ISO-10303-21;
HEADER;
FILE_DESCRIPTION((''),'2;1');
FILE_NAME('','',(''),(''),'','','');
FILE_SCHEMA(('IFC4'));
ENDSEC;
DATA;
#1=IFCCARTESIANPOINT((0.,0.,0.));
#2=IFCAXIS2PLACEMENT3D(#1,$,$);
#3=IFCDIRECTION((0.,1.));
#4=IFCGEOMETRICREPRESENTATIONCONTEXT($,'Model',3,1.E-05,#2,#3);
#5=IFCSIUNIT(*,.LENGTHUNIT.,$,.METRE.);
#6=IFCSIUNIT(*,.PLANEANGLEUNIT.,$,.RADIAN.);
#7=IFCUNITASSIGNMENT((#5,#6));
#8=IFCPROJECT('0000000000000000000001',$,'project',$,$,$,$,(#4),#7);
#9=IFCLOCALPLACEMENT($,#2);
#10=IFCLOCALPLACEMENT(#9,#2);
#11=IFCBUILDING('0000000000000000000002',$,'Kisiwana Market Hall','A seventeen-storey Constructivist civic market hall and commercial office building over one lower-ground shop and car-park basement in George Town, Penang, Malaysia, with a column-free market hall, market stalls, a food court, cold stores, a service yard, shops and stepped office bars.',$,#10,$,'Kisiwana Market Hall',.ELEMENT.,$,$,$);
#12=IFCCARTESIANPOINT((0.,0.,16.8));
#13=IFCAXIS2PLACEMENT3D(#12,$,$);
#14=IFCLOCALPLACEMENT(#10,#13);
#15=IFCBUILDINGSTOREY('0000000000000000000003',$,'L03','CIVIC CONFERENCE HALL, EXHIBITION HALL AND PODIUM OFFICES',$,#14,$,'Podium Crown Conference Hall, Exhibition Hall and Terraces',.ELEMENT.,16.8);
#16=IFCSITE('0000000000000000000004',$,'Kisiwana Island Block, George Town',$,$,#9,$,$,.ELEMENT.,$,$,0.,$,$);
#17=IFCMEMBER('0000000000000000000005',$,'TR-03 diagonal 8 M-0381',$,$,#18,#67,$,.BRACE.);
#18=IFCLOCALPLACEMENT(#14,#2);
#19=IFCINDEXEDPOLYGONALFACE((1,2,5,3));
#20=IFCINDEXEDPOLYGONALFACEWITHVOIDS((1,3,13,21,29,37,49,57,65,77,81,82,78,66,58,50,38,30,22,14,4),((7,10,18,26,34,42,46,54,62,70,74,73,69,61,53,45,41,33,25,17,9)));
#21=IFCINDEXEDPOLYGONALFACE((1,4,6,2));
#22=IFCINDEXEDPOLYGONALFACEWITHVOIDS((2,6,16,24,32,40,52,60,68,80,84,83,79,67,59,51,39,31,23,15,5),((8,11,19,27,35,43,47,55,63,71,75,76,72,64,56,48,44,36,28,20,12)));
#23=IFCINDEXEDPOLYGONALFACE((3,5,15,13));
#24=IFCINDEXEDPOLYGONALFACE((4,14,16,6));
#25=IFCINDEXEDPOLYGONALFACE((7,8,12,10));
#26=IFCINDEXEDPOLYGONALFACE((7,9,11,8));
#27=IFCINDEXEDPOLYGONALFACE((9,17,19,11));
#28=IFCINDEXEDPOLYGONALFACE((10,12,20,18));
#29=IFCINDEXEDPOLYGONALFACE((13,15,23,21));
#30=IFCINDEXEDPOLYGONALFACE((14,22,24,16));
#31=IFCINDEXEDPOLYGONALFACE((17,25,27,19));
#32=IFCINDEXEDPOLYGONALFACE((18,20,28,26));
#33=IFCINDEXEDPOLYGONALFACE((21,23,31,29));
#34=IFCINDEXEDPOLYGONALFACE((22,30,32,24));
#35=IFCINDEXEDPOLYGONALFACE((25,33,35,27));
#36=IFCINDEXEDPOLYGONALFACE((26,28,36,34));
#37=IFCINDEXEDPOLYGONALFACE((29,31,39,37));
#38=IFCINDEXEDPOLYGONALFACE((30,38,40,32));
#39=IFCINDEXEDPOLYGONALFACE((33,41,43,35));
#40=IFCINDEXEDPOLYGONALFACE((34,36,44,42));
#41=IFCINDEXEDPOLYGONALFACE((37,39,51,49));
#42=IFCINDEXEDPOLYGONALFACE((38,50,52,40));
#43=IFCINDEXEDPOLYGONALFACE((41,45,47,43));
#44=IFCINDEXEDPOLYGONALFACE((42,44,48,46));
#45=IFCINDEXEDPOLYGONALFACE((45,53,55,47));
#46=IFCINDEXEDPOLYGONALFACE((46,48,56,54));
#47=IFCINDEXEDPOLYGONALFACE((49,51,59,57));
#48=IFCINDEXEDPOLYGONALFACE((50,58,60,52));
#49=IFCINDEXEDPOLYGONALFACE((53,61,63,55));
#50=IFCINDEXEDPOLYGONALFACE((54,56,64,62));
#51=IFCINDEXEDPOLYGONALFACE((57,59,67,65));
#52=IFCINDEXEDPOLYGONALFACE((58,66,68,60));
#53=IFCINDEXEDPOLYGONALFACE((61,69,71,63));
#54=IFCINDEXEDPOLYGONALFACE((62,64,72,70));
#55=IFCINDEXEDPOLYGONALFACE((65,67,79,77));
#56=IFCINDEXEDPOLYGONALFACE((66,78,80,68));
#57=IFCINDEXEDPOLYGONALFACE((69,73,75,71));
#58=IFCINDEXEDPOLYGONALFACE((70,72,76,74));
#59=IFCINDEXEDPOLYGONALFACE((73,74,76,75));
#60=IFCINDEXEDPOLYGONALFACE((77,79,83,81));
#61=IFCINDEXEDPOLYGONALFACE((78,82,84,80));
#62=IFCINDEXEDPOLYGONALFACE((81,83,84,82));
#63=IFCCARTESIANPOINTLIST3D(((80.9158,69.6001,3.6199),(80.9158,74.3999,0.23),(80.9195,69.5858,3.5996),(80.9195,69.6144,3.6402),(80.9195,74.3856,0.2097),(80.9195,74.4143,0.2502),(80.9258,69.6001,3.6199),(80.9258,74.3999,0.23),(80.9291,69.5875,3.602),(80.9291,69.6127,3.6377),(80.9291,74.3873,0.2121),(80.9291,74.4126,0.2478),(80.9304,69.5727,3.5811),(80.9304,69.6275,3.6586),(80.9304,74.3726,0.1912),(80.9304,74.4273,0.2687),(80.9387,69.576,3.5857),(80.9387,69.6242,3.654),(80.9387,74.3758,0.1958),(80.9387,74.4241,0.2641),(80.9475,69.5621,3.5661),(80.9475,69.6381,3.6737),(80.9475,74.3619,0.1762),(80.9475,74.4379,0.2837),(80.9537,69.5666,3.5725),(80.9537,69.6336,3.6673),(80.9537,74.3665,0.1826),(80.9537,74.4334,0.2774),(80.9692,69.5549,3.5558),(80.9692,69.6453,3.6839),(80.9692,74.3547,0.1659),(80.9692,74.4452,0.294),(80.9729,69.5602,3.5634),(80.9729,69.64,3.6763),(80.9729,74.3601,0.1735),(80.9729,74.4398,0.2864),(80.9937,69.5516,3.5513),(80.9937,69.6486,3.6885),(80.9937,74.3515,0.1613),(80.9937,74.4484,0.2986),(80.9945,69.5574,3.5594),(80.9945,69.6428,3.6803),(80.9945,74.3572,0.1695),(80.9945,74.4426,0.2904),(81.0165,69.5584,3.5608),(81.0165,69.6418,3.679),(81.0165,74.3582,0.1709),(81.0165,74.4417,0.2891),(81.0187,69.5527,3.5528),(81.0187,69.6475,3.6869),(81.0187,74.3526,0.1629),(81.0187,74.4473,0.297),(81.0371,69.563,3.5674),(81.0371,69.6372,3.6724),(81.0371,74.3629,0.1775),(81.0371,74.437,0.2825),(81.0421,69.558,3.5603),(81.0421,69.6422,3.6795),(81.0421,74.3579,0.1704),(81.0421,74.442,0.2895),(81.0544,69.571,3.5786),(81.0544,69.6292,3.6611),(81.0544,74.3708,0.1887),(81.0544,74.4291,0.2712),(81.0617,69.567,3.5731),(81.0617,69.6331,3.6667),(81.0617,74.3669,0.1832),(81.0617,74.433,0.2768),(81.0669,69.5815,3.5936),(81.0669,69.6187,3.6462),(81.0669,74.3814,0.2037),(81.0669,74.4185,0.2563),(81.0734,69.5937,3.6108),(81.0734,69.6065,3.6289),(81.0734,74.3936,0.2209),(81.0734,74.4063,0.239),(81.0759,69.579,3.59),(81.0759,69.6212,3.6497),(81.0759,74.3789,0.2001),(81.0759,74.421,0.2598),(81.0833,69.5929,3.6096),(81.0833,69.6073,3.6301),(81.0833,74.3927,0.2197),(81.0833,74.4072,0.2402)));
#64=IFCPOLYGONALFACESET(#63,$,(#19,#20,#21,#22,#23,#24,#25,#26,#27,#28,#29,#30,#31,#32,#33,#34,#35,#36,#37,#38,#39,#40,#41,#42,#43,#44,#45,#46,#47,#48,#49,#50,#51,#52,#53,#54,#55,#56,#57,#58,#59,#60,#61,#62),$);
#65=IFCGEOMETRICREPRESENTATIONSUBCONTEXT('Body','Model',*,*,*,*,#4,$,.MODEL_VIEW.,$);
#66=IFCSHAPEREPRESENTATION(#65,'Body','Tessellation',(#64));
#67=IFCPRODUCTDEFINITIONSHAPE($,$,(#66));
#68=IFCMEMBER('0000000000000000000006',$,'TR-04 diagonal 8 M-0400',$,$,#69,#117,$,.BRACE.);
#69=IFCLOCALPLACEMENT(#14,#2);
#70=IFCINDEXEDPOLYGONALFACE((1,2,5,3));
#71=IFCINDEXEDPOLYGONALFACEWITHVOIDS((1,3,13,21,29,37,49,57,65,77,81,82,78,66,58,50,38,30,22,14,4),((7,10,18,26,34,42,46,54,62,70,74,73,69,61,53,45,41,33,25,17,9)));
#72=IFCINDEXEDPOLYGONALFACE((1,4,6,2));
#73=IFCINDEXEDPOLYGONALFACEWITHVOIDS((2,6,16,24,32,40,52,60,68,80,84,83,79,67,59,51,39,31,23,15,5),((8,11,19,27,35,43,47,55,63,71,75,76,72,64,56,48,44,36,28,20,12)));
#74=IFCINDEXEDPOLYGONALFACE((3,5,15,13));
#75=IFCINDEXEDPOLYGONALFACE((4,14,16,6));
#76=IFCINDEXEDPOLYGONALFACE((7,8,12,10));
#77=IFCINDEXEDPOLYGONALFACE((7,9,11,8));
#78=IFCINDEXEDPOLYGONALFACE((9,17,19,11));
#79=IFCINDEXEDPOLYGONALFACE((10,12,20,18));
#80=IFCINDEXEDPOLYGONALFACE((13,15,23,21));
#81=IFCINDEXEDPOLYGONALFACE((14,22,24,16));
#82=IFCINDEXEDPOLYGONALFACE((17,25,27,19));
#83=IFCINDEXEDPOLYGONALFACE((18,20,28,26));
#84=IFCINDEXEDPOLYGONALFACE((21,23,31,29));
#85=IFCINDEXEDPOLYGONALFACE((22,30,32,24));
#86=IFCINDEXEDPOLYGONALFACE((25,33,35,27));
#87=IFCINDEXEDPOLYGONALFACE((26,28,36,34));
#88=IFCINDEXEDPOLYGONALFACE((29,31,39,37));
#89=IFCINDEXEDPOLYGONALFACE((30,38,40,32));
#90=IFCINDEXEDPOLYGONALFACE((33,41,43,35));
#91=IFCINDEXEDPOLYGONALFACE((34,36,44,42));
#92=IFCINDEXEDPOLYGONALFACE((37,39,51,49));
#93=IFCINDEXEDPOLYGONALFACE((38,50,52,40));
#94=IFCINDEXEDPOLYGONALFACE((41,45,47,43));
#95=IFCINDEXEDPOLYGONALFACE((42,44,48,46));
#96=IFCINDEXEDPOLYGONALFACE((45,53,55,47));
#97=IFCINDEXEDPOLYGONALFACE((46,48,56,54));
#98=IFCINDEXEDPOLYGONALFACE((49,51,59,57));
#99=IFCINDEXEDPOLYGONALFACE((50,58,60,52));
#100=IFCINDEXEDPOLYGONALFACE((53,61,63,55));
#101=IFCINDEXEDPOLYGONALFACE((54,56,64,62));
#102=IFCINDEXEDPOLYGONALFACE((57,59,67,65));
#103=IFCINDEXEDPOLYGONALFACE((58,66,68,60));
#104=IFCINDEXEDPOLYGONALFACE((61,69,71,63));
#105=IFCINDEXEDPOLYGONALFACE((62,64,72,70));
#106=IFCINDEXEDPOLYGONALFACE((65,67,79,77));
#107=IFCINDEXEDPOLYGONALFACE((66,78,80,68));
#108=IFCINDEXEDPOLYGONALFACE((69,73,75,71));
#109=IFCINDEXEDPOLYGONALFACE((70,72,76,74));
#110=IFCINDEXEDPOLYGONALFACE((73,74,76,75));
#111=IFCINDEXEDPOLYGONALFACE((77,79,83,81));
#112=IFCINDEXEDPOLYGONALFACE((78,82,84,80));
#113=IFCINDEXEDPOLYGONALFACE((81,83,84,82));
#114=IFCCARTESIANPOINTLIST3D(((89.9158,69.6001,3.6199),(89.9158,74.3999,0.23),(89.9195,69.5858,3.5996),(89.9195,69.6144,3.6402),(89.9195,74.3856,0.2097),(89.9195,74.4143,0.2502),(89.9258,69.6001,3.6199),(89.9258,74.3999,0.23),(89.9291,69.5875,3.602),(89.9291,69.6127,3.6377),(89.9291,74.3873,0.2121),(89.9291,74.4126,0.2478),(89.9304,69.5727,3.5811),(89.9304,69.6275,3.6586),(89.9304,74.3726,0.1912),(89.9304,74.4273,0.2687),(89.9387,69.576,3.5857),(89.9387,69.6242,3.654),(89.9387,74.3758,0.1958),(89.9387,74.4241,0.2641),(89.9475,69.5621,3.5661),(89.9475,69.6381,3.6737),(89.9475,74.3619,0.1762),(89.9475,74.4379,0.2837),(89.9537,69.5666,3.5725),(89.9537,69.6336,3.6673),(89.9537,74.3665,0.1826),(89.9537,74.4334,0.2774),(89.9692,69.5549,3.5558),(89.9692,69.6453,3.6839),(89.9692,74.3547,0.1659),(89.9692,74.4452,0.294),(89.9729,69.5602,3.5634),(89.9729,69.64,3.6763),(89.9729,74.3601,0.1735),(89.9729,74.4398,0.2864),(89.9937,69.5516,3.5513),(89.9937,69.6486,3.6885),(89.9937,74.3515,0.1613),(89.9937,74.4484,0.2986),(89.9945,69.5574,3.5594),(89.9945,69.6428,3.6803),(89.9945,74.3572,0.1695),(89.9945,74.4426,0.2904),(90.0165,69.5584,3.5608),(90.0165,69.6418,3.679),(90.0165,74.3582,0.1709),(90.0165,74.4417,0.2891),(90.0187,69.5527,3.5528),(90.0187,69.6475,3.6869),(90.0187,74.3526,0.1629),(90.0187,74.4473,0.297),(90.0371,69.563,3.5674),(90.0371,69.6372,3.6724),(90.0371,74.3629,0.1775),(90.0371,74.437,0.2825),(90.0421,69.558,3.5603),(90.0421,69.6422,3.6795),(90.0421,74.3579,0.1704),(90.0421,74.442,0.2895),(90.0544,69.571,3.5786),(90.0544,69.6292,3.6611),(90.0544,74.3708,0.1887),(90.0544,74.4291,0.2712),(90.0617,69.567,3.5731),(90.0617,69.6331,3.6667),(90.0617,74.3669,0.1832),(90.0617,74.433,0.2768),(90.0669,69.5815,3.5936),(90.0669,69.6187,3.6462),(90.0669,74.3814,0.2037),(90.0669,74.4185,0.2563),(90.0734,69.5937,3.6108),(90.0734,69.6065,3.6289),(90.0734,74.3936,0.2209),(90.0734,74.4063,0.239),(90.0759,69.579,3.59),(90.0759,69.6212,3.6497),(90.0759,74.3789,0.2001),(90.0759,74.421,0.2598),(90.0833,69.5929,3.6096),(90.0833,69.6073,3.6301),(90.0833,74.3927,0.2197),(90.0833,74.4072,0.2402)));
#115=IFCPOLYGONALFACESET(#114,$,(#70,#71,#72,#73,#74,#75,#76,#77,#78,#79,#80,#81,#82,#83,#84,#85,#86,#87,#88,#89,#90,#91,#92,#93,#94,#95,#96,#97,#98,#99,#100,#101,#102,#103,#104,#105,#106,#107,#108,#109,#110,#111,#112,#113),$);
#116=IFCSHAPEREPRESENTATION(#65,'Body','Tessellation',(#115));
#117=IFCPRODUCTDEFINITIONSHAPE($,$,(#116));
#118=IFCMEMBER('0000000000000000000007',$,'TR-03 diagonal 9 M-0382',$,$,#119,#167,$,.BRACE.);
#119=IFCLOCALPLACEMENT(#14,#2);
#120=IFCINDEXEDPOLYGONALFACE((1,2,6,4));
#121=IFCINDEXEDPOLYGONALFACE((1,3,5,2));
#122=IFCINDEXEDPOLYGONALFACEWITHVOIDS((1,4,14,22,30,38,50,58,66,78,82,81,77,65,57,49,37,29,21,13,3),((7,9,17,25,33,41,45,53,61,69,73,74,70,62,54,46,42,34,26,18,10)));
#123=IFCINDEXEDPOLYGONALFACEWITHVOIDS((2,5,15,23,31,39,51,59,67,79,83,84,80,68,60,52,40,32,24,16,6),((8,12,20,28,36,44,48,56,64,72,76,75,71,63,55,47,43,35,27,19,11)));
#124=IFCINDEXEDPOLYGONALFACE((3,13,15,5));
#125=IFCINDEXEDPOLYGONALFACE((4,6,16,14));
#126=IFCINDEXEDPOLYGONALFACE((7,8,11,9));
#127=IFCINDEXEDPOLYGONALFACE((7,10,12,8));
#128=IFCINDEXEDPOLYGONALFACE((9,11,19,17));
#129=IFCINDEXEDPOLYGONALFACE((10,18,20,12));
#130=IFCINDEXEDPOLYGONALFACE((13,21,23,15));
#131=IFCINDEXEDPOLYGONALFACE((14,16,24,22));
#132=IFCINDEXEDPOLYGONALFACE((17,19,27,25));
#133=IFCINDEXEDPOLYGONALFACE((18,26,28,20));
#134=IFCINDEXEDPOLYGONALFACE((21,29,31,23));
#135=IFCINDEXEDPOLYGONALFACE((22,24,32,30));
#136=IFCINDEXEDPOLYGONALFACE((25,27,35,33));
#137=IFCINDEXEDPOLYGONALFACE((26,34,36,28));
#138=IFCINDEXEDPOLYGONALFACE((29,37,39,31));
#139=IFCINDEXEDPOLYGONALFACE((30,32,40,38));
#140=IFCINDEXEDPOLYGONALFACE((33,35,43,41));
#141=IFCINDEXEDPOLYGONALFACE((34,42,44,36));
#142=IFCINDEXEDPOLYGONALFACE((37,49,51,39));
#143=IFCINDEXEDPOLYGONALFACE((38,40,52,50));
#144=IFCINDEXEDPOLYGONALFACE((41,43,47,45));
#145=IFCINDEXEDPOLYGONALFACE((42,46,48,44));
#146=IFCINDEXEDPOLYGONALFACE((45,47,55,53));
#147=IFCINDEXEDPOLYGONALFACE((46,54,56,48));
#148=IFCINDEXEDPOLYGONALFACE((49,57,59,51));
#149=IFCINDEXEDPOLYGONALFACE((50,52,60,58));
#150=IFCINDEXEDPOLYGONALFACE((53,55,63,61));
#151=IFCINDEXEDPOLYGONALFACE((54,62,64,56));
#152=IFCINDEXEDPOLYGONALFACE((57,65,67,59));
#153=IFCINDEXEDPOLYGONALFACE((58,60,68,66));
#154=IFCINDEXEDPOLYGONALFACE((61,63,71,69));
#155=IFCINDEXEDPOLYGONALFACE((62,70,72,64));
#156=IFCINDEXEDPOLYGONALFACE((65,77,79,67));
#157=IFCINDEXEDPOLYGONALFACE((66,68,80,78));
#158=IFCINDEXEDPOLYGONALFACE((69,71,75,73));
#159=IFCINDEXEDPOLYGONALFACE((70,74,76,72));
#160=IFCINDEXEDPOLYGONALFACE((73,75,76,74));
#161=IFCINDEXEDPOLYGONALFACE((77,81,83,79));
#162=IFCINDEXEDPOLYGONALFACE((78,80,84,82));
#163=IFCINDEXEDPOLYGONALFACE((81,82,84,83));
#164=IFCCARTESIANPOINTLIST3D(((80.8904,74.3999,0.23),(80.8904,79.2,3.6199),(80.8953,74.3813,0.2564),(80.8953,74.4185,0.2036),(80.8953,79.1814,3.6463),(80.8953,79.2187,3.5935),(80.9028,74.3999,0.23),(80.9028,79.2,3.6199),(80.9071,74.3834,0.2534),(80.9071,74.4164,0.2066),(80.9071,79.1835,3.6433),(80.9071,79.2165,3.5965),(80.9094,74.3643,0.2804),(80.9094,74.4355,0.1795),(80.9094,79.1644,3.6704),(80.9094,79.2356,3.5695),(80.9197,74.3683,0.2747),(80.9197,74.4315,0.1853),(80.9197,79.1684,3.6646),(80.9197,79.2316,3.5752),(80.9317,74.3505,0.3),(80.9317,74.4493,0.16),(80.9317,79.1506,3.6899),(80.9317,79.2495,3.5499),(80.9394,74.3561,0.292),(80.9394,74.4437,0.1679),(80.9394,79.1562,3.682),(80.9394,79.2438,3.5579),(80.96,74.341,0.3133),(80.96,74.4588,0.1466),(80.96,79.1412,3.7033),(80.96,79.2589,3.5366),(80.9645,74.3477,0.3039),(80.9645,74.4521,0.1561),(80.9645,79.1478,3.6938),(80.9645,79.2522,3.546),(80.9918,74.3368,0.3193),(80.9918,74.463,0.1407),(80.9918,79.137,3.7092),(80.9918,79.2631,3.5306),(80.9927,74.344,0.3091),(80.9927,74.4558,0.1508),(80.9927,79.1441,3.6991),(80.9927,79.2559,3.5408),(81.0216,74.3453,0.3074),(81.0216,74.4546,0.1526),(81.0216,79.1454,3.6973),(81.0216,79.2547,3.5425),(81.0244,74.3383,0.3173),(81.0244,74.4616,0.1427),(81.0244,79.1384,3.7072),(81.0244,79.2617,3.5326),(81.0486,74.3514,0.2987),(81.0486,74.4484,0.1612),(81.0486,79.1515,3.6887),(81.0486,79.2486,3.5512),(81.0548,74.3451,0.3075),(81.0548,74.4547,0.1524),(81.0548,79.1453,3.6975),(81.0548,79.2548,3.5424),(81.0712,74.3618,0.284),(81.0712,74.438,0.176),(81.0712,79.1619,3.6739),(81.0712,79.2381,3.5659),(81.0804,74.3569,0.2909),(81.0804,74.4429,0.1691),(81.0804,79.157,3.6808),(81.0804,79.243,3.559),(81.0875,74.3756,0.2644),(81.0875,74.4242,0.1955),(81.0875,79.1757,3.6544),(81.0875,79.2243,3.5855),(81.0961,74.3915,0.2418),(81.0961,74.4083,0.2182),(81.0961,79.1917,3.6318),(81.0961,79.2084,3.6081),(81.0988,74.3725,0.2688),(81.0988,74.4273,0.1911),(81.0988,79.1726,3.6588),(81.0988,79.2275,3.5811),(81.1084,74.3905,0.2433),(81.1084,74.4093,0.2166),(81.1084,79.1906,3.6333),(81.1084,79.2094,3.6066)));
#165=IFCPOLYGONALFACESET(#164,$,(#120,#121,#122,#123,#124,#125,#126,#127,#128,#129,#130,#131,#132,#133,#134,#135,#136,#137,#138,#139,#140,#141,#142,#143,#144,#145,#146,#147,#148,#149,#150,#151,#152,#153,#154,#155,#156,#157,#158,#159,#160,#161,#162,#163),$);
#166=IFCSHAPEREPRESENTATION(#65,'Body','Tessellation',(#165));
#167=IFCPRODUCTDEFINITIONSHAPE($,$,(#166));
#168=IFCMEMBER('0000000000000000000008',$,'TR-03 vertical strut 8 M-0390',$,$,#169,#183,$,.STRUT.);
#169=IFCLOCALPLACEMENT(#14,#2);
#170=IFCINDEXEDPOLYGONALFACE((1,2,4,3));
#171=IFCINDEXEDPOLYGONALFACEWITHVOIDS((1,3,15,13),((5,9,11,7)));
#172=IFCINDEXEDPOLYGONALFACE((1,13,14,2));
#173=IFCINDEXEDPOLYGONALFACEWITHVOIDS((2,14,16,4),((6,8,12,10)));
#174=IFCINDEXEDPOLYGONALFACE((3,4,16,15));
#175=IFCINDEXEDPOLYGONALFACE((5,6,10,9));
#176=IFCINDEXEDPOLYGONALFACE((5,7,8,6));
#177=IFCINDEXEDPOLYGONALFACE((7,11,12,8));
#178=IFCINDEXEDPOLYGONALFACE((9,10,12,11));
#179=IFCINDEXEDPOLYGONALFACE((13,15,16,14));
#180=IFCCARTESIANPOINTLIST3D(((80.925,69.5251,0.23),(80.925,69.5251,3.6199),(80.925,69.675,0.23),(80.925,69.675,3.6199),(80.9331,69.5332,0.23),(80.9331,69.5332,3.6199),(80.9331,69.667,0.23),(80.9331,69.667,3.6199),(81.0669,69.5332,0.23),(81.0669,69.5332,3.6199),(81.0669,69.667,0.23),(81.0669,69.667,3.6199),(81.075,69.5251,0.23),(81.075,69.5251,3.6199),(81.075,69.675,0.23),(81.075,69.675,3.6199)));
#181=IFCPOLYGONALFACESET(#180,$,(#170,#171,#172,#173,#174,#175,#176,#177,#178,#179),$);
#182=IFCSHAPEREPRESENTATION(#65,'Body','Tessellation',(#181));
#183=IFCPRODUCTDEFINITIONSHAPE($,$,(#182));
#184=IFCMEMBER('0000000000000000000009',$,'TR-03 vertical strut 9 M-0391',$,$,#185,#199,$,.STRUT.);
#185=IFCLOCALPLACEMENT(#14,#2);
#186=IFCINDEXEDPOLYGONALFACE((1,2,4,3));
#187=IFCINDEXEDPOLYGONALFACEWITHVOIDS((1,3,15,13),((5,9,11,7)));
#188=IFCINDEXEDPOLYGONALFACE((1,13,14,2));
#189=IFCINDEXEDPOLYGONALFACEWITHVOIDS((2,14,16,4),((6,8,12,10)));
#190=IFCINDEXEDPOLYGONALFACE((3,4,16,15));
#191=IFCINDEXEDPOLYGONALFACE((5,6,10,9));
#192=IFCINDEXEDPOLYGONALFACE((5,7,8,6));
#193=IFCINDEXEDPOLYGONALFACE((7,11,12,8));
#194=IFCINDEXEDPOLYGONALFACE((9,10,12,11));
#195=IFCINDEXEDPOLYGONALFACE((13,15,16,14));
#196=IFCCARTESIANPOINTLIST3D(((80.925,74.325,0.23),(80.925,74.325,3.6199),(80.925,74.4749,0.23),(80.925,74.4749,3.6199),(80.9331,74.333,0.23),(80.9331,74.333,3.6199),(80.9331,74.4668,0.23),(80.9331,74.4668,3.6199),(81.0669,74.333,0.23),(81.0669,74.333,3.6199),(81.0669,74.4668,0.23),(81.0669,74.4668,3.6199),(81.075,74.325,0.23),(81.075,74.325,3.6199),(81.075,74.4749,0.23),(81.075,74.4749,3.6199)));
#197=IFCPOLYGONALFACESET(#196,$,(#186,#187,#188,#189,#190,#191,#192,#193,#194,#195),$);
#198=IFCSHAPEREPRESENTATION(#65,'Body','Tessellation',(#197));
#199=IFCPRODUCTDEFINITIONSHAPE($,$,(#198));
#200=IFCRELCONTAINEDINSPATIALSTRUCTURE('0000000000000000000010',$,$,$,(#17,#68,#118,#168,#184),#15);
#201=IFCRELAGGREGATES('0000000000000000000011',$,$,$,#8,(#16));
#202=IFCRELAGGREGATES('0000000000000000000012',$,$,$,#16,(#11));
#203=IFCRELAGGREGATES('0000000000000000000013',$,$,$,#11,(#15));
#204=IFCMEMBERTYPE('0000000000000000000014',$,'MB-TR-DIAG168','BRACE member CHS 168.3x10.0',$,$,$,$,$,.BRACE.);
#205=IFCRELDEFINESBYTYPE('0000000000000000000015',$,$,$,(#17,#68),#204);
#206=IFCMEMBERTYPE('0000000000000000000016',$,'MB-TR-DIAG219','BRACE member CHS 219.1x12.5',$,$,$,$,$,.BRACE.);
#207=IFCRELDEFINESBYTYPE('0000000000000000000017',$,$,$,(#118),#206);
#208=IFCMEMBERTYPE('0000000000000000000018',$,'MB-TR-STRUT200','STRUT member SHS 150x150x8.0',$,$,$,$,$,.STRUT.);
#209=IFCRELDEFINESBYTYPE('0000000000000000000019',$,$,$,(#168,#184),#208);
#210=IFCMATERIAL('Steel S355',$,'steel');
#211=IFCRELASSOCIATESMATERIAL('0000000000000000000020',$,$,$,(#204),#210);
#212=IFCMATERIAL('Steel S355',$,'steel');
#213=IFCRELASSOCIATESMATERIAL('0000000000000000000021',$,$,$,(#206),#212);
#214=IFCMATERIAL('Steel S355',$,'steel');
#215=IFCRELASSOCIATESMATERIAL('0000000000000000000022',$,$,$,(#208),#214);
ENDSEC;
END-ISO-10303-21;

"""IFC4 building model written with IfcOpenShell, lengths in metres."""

from ifc_helpers import new_model, si_unit, direction, frame, origin, origin_2d, place, context, subcontext, project, spatial, hollow_rectangle, hollow_circle, extrude, material, material_profile, profile_set, type_object, element, save


model = new_model("IFC4")

# Units and contexts
model_context = context("Model", 3, precision=1e-05, world=origin(), true_north=direction((0.0, 1.0)))
body_context = subcontext(model_context, "Body", "Model", "MODEL_VIEW")
ifc_project = project(units=[si_unit("LENGTHUNIT", "METRE"), si_unit("PLANEANGLEUNIT", "RADIAN")], contexts=[model_context])

# Site, building, storey
site_placement = place(None, origin())
site = spatial("IfcSite", under=ifc_project, at=site_placement, Name="Kisiwana Island Block, George Town", CompositionType="ELEMENT", RefElevation=0.0)
building_placement = place(site_placement, origin())
building = spatial("IfcBuilding", under=site, at=building_placement, Name="Kisiwana Market Hall", Description="A seventeen-storey Constructivist civic market hall and commercial office building over one lower-ground shop and car-park basement in George Town, Penang, Malaysia, with a column-free market hall, market stalls, a food court, cold stores, a service yard, shops and stepped office bars.", LongName="Kisiwana Market Hall", CompositionType="ELEMENT")
storey_placement = place(building_placement, frame((0.0, 0.0, 16.8)))
storey = spatial("IfcBuildingStorey", under=building, at=storey_placement, Name="L03", Description="CIVIC CONFERENCE HALL, EXHIBITION HALL AND PODIUM OFFICES", LongName="Podium Crown Conference Hall, Exhibition Hall and Terraces", CompositionType="ELEMENT", Elevation=16.8)

# Members
ifc_material_1 = material(Name="Steel S355", Category="steel")
ifc_material_profile_1 = material_profile(ifc_material_1, hollow_circle(Radius=0.0842, WallThickness=0.01, at=origin_2d()), Name="CHS 168.3x10.0")
ifc_profile_set_1 = profile_set([ifc_material_profile_1], Name="Steel S355")
member_type_1 = type_object("IfcMemberType", Name="MB-TR-DIAG168", Description="BRACE member CHS 168.3x10.0", PredefinedType="BRACE", material=ifc_profile_set_1)
for number, where, z_axis, x_axis, name in (
    (1, (81.0, 69.6001, 3.6199), (0.0, 0.816824, -0.576887), (-1.0, 0.0, 0.0), "TR-03 diagonal 8 M-0381"),
    (2, (90.0, 69.6001, 3.6199), (0.0, 0.816824, -0.576887), (-1.0, 0.0, 0.0), "TR-04 diagonal 8 M-0400"),
):
    element("IfcMember", number, at=place(storey_placement, frame(where, z_axis=z_axis, x_axis=x_axis)), inside=storey, type_object=member_type_1, Name=name, PredefinedType="BRACE", context=body_context, shape_type="SweptSolid", body=[
        extrude(hollow_circle(Radius=0.0842, WallThickness=0.01, at=origin_2d()), origin(), (0.0, 0.0, 1.0), 5.8762),
    ])
ifc_material_2 = material(Name="Steel S355", Category="steel")
ifc_material_profile_2 = material_profile(ifc_material_2, hollow_circle(Radius=0.1096, WallThickness=0.0125, at=origin_2d()), Name="CHS 219.1x12.5")
ifc_profile_set_2 = profile_set([ifc_material_profile_2], Name="Steel S355")
member_type_2 = type_object("IfcMemberType", Name="MB-TR-DIAG219", Description="BRACE member CHS 219.1x12.5", PredefinedType="BRACE", material=ifc_profile_set_2)
member_1_placement = place(storey_placement, frame((81.0, 74.3999, 0.23), z_axis=(0.0, 0.816838, 0.576868), x_axis=(-1.0, 0.0, 0.0)))
element("IfcMember", 3, at=member_1_placement, inside=storey, type_object=member_type_2, Name="TR-03 diagonal 9 M-0382", PredefinedType="BRACE", context=body_context, shape_type="SweptSolid", body=[
    extrude(hollow_circle(Radius=0.1096, WallThickness=0.0125, at=origin_2d()), origin(), (0.0, 0.0, 1.0), 5.8765),
])
ifc_material_3 = material(Name="Steel S355", Category="steel")
ifc_material_profile_3 = material_profile(ifc_material_3, hollow_rectangle(XDim=0.1499, YDim=0.1499, WallThickness=0.0081, at=origin_2d()), Name="SHS 150x150x8.0")
ifc_profile_set_3 = profile_set([ifc_material_profile_3], Name="Steel S355")
member_type_3 = type_object("IfcMemberType", Name="MB-TR-STRUT200", Description="STRUT member SHS 150x150x8.0", PredefinedType="STRUT", material=ifc_profile_set_3)
for number, where, z_axis, x_axis, name in (
    (4, (81.0, 69.6001, 0.23), (0.0, 0.0, 1.0), (1.0, 0.0, 0.0), "TR-03 vertical strut 8 M-0390"),
    (5, (81.0, 74.3999, 0.23), (0.0, 0.0, 1.0), (1.0, 0.0, 0.0), "TR-03 vertical strut 9 M-0391"),
):
    element("IfcMember", number, at=place(storey_placement, frame(where, z_axis=z_axis, x_axis=x_axis)), inside=storey, type_object=member_type_3, Name=name, PredefinedType="STRUT", context=body_context, shape_type="SweptSolid", body=[
        extrude(hollow_rectangle(XDim=0.1499, YDim=0.1499, WallThickness=0.0081, at=origin_2d()), origin(), (0.0, 0.0, 1.0), 3.3899),
    ])

save(model, "model.ifc")
